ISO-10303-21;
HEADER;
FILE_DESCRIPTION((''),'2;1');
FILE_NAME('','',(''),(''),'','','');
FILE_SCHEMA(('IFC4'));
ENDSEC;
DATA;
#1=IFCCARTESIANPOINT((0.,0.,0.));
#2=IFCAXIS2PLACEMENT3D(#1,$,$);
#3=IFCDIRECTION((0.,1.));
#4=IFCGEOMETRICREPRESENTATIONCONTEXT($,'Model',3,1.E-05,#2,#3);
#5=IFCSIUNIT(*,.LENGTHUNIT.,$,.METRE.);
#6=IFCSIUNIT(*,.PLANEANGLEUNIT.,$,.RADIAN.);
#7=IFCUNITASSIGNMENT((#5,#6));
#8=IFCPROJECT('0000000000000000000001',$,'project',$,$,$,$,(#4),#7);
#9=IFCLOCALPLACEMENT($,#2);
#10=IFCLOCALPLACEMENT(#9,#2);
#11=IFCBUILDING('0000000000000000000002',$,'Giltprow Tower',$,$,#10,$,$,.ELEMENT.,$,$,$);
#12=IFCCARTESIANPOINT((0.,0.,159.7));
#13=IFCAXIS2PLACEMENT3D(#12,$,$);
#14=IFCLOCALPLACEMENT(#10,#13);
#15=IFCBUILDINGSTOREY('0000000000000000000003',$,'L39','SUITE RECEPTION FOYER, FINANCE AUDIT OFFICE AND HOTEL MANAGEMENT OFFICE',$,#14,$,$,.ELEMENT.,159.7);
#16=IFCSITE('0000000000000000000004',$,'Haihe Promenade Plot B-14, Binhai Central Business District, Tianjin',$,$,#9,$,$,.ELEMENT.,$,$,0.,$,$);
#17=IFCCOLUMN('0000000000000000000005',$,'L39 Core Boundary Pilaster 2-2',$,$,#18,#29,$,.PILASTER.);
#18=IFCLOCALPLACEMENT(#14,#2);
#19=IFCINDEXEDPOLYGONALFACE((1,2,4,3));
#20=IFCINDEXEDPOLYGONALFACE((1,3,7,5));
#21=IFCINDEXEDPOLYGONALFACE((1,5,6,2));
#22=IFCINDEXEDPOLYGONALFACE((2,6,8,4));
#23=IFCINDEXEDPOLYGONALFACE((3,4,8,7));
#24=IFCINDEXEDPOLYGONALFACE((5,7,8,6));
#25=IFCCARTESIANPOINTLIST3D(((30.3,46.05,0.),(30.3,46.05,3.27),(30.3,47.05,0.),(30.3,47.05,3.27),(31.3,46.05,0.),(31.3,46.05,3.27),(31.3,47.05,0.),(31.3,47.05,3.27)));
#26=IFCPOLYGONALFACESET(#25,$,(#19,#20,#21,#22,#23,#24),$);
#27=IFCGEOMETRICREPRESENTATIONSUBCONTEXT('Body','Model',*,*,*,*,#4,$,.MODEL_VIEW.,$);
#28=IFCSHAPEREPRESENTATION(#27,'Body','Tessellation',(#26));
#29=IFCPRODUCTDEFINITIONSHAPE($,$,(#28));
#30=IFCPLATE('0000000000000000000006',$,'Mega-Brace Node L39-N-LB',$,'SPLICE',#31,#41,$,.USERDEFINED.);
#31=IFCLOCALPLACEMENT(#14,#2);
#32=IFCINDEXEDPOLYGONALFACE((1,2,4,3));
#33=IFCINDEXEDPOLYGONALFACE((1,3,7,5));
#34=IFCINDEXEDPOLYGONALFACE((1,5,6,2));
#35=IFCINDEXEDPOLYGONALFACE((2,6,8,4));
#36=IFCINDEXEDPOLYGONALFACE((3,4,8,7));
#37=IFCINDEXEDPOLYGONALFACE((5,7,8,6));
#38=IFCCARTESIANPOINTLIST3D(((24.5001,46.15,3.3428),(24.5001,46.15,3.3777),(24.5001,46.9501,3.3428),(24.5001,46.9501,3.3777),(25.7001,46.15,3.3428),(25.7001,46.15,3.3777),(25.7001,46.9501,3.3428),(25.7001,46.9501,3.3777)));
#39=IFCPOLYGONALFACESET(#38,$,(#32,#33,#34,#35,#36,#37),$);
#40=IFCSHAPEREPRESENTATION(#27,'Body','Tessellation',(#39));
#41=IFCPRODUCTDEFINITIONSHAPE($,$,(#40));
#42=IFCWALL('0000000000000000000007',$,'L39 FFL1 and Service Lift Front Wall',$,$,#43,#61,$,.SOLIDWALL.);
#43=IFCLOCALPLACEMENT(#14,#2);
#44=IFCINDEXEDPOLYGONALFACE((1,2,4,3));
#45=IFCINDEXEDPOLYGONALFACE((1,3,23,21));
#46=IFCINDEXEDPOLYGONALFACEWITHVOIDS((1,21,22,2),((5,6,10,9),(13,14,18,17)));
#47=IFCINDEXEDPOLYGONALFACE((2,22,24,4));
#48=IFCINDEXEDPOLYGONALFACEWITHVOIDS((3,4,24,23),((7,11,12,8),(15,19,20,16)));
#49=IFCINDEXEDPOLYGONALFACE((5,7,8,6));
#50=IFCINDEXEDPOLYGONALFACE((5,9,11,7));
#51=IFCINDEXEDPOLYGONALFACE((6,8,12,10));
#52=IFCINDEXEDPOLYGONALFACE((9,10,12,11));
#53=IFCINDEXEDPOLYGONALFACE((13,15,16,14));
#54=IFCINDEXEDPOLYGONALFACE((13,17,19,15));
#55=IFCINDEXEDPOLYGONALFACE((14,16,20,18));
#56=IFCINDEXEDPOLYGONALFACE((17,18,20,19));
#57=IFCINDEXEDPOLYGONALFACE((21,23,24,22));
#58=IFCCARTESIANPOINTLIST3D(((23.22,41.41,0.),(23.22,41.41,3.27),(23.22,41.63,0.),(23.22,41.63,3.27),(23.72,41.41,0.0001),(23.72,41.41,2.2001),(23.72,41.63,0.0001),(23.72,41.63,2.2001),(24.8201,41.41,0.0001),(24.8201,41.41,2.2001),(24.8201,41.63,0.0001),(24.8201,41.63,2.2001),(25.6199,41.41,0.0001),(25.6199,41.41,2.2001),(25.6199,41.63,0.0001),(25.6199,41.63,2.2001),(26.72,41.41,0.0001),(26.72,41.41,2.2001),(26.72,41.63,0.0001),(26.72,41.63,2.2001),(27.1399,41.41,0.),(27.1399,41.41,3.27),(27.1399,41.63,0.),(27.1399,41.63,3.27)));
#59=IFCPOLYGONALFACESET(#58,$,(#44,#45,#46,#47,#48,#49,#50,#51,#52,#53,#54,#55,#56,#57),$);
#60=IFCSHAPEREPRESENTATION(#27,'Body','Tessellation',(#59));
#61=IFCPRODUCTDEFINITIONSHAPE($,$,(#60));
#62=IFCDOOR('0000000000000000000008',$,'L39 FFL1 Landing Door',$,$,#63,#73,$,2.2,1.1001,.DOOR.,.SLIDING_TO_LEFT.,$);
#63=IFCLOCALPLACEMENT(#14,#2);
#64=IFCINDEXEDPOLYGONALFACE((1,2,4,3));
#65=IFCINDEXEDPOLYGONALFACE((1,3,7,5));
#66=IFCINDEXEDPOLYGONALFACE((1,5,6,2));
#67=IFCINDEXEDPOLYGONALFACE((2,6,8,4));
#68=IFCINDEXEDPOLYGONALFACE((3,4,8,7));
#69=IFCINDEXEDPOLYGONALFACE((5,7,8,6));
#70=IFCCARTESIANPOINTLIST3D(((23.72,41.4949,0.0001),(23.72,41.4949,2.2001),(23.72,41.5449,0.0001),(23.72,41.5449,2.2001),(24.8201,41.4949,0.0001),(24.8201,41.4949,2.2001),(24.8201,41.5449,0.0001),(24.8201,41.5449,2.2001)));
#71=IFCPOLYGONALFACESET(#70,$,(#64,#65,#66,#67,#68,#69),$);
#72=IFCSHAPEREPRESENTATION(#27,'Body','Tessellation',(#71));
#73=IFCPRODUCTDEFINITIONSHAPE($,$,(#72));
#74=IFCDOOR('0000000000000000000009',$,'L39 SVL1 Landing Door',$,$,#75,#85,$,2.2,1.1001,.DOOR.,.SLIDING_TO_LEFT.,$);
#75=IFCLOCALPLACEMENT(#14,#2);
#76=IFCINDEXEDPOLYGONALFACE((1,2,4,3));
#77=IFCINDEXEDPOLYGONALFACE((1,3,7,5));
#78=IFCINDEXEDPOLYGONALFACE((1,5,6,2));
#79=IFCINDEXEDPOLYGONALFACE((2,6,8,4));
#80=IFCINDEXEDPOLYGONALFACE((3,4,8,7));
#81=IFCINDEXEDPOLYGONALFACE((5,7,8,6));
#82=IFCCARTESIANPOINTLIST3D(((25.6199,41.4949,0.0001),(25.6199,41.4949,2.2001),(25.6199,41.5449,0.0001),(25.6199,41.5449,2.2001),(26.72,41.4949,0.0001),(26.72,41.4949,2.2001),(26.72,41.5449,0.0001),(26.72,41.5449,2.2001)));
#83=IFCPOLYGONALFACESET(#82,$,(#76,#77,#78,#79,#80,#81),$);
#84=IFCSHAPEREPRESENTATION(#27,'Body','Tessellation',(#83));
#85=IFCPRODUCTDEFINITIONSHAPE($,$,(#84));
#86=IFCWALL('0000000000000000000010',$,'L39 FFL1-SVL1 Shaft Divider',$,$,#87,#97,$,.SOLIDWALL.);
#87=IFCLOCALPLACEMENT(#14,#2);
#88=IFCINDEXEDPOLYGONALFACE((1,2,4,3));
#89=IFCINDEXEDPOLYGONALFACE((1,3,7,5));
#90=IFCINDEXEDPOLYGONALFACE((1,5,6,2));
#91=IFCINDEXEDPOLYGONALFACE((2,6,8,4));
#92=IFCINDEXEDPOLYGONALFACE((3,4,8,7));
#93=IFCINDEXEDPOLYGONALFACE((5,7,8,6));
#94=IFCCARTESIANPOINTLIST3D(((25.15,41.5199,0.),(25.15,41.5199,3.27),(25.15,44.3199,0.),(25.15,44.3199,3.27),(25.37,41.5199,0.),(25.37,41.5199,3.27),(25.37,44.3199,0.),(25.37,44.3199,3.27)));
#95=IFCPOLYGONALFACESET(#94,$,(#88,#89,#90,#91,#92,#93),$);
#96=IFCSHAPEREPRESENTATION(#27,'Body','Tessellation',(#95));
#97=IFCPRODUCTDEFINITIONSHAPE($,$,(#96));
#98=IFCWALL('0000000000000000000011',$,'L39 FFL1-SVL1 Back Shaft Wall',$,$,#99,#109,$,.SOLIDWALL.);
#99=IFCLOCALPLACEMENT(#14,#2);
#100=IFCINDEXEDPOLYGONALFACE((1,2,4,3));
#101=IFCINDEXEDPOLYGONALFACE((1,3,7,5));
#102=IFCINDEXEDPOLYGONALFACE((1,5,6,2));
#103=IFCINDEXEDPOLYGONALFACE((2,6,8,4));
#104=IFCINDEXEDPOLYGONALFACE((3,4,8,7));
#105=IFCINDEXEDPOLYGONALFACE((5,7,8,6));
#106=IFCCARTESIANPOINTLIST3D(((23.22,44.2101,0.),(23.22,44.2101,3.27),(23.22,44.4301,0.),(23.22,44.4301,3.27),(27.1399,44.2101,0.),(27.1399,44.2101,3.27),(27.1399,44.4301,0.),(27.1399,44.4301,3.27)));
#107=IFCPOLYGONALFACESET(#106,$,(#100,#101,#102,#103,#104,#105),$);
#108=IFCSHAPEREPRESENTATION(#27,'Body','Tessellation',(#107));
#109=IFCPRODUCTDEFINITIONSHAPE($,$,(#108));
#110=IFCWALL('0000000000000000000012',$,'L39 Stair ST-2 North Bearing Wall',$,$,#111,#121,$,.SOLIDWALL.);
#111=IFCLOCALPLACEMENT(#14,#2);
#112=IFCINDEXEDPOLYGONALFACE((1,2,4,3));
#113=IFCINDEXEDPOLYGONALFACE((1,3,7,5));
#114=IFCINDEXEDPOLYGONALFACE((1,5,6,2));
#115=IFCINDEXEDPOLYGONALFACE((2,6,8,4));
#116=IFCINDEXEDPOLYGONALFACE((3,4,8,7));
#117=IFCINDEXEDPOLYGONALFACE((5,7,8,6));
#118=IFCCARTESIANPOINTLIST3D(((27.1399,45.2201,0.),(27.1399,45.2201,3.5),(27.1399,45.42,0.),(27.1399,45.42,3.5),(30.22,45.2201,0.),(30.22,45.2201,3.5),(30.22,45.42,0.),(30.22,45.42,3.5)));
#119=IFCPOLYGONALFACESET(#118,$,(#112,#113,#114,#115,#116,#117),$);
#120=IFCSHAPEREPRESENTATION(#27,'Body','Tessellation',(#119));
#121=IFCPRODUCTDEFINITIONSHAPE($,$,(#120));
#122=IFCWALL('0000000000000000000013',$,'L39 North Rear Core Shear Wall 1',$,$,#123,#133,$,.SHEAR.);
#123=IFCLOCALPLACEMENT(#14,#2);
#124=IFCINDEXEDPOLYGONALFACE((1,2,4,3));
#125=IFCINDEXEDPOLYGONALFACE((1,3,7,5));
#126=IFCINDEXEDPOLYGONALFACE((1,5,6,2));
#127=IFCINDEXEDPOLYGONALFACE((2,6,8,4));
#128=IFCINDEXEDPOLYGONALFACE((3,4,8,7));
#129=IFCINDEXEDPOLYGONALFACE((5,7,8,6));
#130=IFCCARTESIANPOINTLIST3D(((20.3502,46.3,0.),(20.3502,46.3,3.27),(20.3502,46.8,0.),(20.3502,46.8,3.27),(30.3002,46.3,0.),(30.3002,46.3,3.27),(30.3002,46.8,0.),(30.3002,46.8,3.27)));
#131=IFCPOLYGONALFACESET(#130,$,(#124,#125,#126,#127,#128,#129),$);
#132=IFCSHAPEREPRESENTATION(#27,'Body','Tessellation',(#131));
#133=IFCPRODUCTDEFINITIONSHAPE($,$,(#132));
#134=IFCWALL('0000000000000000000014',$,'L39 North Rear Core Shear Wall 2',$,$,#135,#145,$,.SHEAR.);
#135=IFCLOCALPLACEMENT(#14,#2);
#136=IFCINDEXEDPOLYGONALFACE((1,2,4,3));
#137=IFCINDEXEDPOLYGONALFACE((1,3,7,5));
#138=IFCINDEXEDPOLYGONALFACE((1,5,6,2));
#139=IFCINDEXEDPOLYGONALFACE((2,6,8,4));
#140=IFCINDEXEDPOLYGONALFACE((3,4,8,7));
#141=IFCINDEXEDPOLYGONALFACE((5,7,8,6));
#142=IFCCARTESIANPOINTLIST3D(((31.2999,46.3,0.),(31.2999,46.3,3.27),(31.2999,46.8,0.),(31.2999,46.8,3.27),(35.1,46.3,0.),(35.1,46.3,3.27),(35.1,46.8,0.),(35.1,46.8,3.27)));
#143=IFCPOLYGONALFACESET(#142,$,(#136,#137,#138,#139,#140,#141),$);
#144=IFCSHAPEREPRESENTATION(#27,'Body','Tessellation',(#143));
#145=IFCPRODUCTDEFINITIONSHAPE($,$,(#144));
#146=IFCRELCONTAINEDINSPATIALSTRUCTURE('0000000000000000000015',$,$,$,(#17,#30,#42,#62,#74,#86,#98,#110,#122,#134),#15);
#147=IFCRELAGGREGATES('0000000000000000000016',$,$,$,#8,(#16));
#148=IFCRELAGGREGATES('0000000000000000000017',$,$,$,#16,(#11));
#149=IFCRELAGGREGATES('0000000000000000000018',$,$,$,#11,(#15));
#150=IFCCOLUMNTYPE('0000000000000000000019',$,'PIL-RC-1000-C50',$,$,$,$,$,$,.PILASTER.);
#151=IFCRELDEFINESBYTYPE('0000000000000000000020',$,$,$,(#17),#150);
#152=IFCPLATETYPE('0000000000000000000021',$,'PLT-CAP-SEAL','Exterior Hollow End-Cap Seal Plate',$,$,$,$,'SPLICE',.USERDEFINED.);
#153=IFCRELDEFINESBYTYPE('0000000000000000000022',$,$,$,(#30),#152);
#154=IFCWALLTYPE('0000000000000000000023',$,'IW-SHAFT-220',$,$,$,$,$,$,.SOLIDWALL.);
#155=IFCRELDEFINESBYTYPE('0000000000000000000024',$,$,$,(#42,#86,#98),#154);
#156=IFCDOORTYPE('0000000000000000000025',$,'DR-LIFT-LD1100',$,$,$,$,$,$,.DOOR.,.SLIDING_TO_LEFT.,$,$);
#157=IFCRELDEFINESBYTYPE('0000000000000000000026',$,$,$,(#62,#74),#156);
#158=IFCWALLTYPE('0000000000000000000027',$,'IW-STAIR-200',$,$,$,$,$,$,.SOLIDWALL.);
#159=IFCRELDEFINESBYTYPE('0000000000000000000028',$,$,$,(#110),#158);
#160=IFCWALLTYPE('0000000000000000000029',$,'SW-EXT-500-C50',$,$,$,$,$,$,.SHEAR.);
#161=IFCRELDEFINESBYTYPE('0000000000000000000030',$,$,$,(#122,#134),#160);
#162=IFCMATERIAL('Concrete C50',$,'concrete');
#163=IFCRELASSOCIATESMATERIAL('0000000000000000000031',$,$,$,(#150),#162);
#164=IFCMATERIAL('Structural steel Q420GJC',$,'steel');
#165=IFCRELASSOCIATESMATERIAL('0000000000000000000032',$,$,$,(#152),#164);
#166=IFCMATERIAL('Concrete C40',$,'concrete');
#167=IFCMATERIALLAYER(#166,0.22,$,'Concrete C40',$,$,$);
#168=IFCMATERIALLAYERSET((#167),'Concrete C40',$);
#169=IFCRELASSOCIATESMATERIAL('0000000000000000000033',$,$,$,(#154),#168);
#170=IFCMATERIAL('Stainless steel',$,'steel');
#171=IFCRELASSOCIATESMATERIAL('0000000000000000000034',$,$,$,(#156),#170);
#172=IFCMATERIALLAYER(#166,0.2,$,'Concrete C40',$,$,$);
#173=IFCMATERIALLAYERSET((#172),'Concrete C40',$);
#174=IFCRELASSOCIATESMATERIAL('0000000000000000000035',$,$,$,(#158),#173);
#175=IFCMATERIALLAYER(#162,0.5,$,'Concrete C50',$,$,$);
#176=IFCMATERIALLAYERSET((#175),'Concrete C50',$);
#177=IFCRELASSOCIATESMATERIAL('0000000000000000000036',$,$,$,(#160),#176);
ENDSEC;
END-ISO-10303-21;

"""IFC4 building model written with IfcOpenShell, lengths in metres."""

from ifc_helpers import new_model, si_unit, direction, frame, frame_2d, origin, origin_2d, place, context, subcontext, project, spatial, rectangle, extrude, source, transform, mapped, material, layer, layer_set, material_profile, profile_set, type_object, element, fill, save


model = new_model("IFC4")

# Units and contexts
model_context = context("Model", 3, precision=1e-05, world=origin(), true_north=direction((0.0, 1.0)))
body_context = subcontext(model_context, "Body", "Model", "MODEL_VIEW")
ifc_project = project(units=[si_unit("LENGTHUNIT", "METRE"), si_unit("PLANEANGLEUNIT", "RADIAN")], contexts=[model_context])

# Site, building, storey
site_placement = place(None, origin())
site = spatial("IfcSite", under=ifc_project, at=site_placement, Name="Haihe Promenade Plot B-14, Binhai Central Business District, Tianjin", CompositionType="ELEMENT", RefElevation=0.0)
building_placement = place(site_placement, origin())
building = spatial("IfcBuilding", under=site, at=building_placement, Name="Giltprow Tower", CompositionType="ELEMENT")
storey_placement = place(building_placement, frame((0.0, 0.0, 159.7)))
storey = spatial("IfcBuildingStorey", under=building, at=storey_placement, Name="L39", Description="SUITE RECEPTION FOYER, FINANCE AUDIT OFFICE AND HOTEL MANAGEMENT OFFICE", CompositionType="ELEMENT", Elevation=159.7)

# Column
ifc_material_1 = material(Name="Concrete C50", Category="concrete")
ifc_material_profile = material_profile(ifc_material_1, rectangle(XDim=1.0, YDim=1.0, at=origin_2d()), Name="RC 1000x1000")
ifc_profile_set = profile_set([ifc_material_profile], Name="Concrete C50")
column_type = type_object("IfcColumnType", Name="PIL-RC-1000-C50", PredefinedType="PILASTER", material=ifc_profile_set)
shared_shape_1 = source(origin(), body_context, "Body", "SweptSolid", [
    extrude(rectangle(XDim=1.0, YDim=1.0, at=origin_2d()), origin(), (0.0, 0.0, 1.0), 3.27),
])
column_placement = place(storey_placement, frame((30.8, 46.55, 0.0), z_axis=(0.0, 0.0, 1.0), x_axis=(1.0, 0.0, 0.0)))
element("IfcColumn", 1, at=column_placement, inside=storey, type_object=column_type, Name="L39 Core Boundary Pilaster 2-2", PredefinedType="PILASTER", context=body_context, shape_type="MappedRepresentation", body=[
    mapped(shared_shape_1, transform((0.0, 0.0, 0.0), x_axis=(1.0, 0.0, 0.0), y_axis=(0.0, 1.0, 0.0), z_axis=(0.0, 0.0, 1.0), scale=1.0)),
])

# Plate
ifc_material_2 = material(Name="Structural steel Q420GJC", Category="steel")
plate_type = type_object("IfcPlateType", Name="PLT-CAP-SEAL", Description="Exterior Hollow End-Cap Seal Plate", ElementType="SPLICE", PredefinedType="USERDEFINED", material=ifc_material_2)
shared_shape_2 = source(origin(), body_context, "Body", "SweptSolid", [
    extrude(rectangle(XDim=1.2, YDim=0.8, at=origin_2d()), origin(), (0.0, 0.0, 1.0), 0.0349),
])
plate_placement = place(storey_placement, frame((25.1001, 46.55, 3.3428), z_axis=(0.0, 0.0, 1.0), x_axis=(1.0, 0.0, 0.0)))
element("IfcPlate", 2, at=plate_placement, inside=storey, type_object=plate_type, Name="Mega-Brace Node L39-N-LB", ObjectType="SPLICE", PredefinedType="USERDEFINED", context=body_context, shape_type="MappedRepresentation", body=[
    mapped(shared_shape_2, transform((0.0, 0.0, 0.0), x_axis=(1.0, 0.0, 0.0), y_axis=(0.0, 1.0, 0.0), z_axis=(0.0, 0.0, 1.0), scale=1.0)),
])

# Wall, openings, doors
ifc_material_3 = material(Name="Concrete C40", Category="concrete")
ifc_layer_1 = layer(ifc_material_3, 0.22, Name="Concrete C40")
ifc_layer_set_1 = layer_set([ifc_layer_1], Name="Concrete C40")
wall_type_1 = type_object("IfcWallType", Name="IW-SHAFT-220", PredefinedType="SOLIDWALL", material=ifc_layer_set_1)
wall_1_placement = place(storey_placement, frame((23.22, 41.52, 0.0), z_axis=(0.0, 0.0, 1.0), x_axis=(1.0, 0.0, 0.0)))
wall_1 = element("IfcWall", 3, at=wall_1_placement, inside=storey, type_object=wall_type_1, Name="L39 FFL1 and Service Lift Front Wall", PredefinedType="SOLIDWALL", context=body_context, shape_type="SweptSolid", body=[
    extrude(rectangle(XDim=3.9199, YDim=0.22, at=frame_2d((1.96, 0.0))), origin(), (0.0, 0.0, 1.0), 3.27),
])
opening_1_placement = place(wall_1_placement, frame((0.5, 0.0, 0.0)))
opening_1 = element("IfcOpeningElement", 4, at=opening_1_placement, cuts=wall_1, PredefinedType="OPENING", context=body_context, shape_type="SweptSolid", body=[
    extrude(rectangle(XDim=1.1001, YDim=2.2, at=frame_2d((0.55, 1.1001))), frame((0.0, 0.1199, 0.0), z_axis=(0.0, -1.0, 0.0), x_axis=(1.0, 0.0, 0.0)), (0.0, 0.0, 1.0), 0.24),
])
opening_2_placement = place(wall_1_placement, frame((2.3999, 0.0, 0.0)))
opening_2 = element("IfcOpeningElement", 5, at=opening_2_placement, cuts=wall_1, PredefinedType="OPENING", context=body_context, shape_type="SweptSolid", body=[
    extrude(rectangle(XDim=1.1001, YDim=2.2, at=frame_2d((0.55, 1.1001))), frame((0.0, 0.1199, 0.0), z_axis=(0.0, -1.0, 0.0), x_axis=(1.0, 0.0, 0.0)), (0.0, 0.0, 1.0), 0.24),
])
ifc_material_4 = material(Name="Stainless steel", Category="steel")
door_type = type_object("IfcDoorType", Name="DR-LIFT-LD1100", OperationType="SLIDING_TO_LEFT", PredefinedType="DOOR", material=ifc_material_4)
shared_shape_3 = source(origin(), body_context, "Body", "SweptSolid", [
    extrude(rectangle(XDim=1.1001, YDim=2.2, at=frame_2d((0.55, 1.1001))), frame((0.0, 0.0249, 0.0), z_axis=(0.0, -1.0, 0.0), x_axis=(1.0, 0.0, 0.0)), (0.0, 0.0, 1.0), 0.05),
])
door_1_placement = place(opening_1_placement, origin())
door_1 = element("IfcDoor", 6, at=door_1_placement, inside=storey, type_object=door_type, Name="L39 FFL1 Landing Door", OperationType="SLIDING_TO_LEFT", OverallHeight=2.2, OverallWidth=1.1001, PredefinedType="DOOR", context=body_context, shape_type="MappedRepresentation", body=[
    mapped(shared_shape_3, transform((0.0, 0.0, 0.0), x_axis=(1.0, 0.0, 0.0), y_axis=(0.0, 1.0, 0.0), z_axis=(0.0, 0.0, 1.0), scale=1.0)),
])
fill(opening_1, door_1)
door_2_placement = place(opening_2_placement, origin())
door_2 = element("IfcDoor", 7, at=door_2_placement, inside=storey, type_object=door_type, Name="L39 SVL1 Landing Door", OperationType="SLIDING_TO_LEFT", OverallHeight=2.2, OverallWidth=1.1001, PredefinedType="DOOR", context=body_context, shape_type="MappedRepresentation", body=[
    mapped(shared_shape_3, transform((0.0, 0.0, 0.0), x_axis=(1.0, 0.0, 0.0), y_axis=(0.0, 1.0, 0.0), z_axis=(0.0, 0.0, 1.0), scale=1.0)),
])
fill(opening_2, door_2)

# Walls
wall_2_placement = place(storey_placement, frame((25.26, 41.52, 0.0), z_axis=(0.0, 0.0, 1.0), x_axis=(0.0, 1.0, 0.0)))
element("IfcWall", 8, at=wall_2_placement, inside=storey, type_object=wall_type_1, Name="L39 FFL1-SVL1 Shaft Divider", PredefinedType="SOLIDWALL", context=body_context, shape_type="SweptSolid", body=[
    extrude(rectangle(XDim=2.8, YDim=0.22, at=frame_2d((1.3999, 0.0))), origin(), (0.0, 0.0, 1.0), 3.27),
])
wall_3_placement = place(storey_placement, frame((23.22, 44.3201, 0.0), z_axis=(0.0, 0.0, 1.0), x_axis=(1.0, 0.0, 0.0)))
element("IfcWall", 9, at=wall_3_placement, inside=storey, type_object=wall_type_1, Name="L39 FFL1-SVL1 Back Shaft Wall", PredefinedType="SOLIDWALL", context=body_context, shape_type="SweptSolid", body=[
    extrude(rectangle(XDim=3.9199, YDim=0.22, at=frame_2d((1.96, 0.0))), origin(), (0.0, 0.0, 1.0), 3.27),
])
ifc_layer_2 = layer(ifc_material_3, 0.2, Name="Concrete C40")
ifc_layer_set_2 = layer_set([ifc_layer_2], Name="Concrete C40")
wall_type_2 = type_object("IfcWallType", Name="IW-STAIR-200", PredefinedType="SOLIDWALL", material=ifc_layer_set_2)
wall_4_placement = place(storey_placement, frame((27.1399, 45.3201, 0.0), z_axis=(0.0, 0.0, 1.0), x_axis=(1.0, 0.0, 0.0)))
element("IfcWall", 10, at=wall_4_placement, inside=storey, type_object=wall_type_2, Name="L39 Stair ST-2 North Bearing Wall", PredefinedType="SOLIDWALL", context=body_context, shape_type="SweptSolid", body=[
    extrude(rectangle(XDim=3.0801, YDim=0.2, at=frame_2d((1.54, 0.0))), origin(), (0.0, 0.0, 1.0), 3.5),
])
ifc_layer_3 = layer(ifc_material_1, 0.5, Name="Concrete C50")
ifc_layer_set_3 = layer_set([ifc_layer_3], Name="Concrete C50")
wall_type_3 = type_object("IfcWallType", Name="SW-EXT-500-C50", PredefinedType="SHEAR", material=ifc_layer_set_3)
wall_5_placement = place(storey_placement, frame((20.3501, 46.55, 0.0), z_axis=(0.0, 0.0, 1.0), x_axis=(1.0, 0.0, 0.0)))
element("IfcWall", 11, at=wall_5_placement, inside=storey, type_object=wall_type_3, Name="L39 North Rear Core Shear Wall 1", PredefinedType="SHEAR", context=body_context, shape_type="SweptSolid", body=[
    extrude(rectangle(XDim=9.95, YDim=0.5, at=frame_2d((4.9751, 0.0))), origin(), (0.0, 0.0, 1.0), 3.27),
])
wall_6_placement = place(storey_placement, frame((31.3, 46.55, 0.0), z_axis=(0.0, 0.0, 1.0), x_axis=(1.0, 0.0, 0.0)))
element("IfcWall", 12, at=wall_6_placement, inside=storey, type_object=wall_type_3, Name="L39 North Rear Core Shear Wall 2", PredefinedType="SHEAR", context=body_context, shape_type="SweptSolid", body=[
    extrude(rectangle(XDim=3.8, YDim=0.5, at=frame_2d((1.8999, 0.0))), origin(), (0.0, 0.0, 1.0), 3.27),
])

save(model, "model.ifc")
